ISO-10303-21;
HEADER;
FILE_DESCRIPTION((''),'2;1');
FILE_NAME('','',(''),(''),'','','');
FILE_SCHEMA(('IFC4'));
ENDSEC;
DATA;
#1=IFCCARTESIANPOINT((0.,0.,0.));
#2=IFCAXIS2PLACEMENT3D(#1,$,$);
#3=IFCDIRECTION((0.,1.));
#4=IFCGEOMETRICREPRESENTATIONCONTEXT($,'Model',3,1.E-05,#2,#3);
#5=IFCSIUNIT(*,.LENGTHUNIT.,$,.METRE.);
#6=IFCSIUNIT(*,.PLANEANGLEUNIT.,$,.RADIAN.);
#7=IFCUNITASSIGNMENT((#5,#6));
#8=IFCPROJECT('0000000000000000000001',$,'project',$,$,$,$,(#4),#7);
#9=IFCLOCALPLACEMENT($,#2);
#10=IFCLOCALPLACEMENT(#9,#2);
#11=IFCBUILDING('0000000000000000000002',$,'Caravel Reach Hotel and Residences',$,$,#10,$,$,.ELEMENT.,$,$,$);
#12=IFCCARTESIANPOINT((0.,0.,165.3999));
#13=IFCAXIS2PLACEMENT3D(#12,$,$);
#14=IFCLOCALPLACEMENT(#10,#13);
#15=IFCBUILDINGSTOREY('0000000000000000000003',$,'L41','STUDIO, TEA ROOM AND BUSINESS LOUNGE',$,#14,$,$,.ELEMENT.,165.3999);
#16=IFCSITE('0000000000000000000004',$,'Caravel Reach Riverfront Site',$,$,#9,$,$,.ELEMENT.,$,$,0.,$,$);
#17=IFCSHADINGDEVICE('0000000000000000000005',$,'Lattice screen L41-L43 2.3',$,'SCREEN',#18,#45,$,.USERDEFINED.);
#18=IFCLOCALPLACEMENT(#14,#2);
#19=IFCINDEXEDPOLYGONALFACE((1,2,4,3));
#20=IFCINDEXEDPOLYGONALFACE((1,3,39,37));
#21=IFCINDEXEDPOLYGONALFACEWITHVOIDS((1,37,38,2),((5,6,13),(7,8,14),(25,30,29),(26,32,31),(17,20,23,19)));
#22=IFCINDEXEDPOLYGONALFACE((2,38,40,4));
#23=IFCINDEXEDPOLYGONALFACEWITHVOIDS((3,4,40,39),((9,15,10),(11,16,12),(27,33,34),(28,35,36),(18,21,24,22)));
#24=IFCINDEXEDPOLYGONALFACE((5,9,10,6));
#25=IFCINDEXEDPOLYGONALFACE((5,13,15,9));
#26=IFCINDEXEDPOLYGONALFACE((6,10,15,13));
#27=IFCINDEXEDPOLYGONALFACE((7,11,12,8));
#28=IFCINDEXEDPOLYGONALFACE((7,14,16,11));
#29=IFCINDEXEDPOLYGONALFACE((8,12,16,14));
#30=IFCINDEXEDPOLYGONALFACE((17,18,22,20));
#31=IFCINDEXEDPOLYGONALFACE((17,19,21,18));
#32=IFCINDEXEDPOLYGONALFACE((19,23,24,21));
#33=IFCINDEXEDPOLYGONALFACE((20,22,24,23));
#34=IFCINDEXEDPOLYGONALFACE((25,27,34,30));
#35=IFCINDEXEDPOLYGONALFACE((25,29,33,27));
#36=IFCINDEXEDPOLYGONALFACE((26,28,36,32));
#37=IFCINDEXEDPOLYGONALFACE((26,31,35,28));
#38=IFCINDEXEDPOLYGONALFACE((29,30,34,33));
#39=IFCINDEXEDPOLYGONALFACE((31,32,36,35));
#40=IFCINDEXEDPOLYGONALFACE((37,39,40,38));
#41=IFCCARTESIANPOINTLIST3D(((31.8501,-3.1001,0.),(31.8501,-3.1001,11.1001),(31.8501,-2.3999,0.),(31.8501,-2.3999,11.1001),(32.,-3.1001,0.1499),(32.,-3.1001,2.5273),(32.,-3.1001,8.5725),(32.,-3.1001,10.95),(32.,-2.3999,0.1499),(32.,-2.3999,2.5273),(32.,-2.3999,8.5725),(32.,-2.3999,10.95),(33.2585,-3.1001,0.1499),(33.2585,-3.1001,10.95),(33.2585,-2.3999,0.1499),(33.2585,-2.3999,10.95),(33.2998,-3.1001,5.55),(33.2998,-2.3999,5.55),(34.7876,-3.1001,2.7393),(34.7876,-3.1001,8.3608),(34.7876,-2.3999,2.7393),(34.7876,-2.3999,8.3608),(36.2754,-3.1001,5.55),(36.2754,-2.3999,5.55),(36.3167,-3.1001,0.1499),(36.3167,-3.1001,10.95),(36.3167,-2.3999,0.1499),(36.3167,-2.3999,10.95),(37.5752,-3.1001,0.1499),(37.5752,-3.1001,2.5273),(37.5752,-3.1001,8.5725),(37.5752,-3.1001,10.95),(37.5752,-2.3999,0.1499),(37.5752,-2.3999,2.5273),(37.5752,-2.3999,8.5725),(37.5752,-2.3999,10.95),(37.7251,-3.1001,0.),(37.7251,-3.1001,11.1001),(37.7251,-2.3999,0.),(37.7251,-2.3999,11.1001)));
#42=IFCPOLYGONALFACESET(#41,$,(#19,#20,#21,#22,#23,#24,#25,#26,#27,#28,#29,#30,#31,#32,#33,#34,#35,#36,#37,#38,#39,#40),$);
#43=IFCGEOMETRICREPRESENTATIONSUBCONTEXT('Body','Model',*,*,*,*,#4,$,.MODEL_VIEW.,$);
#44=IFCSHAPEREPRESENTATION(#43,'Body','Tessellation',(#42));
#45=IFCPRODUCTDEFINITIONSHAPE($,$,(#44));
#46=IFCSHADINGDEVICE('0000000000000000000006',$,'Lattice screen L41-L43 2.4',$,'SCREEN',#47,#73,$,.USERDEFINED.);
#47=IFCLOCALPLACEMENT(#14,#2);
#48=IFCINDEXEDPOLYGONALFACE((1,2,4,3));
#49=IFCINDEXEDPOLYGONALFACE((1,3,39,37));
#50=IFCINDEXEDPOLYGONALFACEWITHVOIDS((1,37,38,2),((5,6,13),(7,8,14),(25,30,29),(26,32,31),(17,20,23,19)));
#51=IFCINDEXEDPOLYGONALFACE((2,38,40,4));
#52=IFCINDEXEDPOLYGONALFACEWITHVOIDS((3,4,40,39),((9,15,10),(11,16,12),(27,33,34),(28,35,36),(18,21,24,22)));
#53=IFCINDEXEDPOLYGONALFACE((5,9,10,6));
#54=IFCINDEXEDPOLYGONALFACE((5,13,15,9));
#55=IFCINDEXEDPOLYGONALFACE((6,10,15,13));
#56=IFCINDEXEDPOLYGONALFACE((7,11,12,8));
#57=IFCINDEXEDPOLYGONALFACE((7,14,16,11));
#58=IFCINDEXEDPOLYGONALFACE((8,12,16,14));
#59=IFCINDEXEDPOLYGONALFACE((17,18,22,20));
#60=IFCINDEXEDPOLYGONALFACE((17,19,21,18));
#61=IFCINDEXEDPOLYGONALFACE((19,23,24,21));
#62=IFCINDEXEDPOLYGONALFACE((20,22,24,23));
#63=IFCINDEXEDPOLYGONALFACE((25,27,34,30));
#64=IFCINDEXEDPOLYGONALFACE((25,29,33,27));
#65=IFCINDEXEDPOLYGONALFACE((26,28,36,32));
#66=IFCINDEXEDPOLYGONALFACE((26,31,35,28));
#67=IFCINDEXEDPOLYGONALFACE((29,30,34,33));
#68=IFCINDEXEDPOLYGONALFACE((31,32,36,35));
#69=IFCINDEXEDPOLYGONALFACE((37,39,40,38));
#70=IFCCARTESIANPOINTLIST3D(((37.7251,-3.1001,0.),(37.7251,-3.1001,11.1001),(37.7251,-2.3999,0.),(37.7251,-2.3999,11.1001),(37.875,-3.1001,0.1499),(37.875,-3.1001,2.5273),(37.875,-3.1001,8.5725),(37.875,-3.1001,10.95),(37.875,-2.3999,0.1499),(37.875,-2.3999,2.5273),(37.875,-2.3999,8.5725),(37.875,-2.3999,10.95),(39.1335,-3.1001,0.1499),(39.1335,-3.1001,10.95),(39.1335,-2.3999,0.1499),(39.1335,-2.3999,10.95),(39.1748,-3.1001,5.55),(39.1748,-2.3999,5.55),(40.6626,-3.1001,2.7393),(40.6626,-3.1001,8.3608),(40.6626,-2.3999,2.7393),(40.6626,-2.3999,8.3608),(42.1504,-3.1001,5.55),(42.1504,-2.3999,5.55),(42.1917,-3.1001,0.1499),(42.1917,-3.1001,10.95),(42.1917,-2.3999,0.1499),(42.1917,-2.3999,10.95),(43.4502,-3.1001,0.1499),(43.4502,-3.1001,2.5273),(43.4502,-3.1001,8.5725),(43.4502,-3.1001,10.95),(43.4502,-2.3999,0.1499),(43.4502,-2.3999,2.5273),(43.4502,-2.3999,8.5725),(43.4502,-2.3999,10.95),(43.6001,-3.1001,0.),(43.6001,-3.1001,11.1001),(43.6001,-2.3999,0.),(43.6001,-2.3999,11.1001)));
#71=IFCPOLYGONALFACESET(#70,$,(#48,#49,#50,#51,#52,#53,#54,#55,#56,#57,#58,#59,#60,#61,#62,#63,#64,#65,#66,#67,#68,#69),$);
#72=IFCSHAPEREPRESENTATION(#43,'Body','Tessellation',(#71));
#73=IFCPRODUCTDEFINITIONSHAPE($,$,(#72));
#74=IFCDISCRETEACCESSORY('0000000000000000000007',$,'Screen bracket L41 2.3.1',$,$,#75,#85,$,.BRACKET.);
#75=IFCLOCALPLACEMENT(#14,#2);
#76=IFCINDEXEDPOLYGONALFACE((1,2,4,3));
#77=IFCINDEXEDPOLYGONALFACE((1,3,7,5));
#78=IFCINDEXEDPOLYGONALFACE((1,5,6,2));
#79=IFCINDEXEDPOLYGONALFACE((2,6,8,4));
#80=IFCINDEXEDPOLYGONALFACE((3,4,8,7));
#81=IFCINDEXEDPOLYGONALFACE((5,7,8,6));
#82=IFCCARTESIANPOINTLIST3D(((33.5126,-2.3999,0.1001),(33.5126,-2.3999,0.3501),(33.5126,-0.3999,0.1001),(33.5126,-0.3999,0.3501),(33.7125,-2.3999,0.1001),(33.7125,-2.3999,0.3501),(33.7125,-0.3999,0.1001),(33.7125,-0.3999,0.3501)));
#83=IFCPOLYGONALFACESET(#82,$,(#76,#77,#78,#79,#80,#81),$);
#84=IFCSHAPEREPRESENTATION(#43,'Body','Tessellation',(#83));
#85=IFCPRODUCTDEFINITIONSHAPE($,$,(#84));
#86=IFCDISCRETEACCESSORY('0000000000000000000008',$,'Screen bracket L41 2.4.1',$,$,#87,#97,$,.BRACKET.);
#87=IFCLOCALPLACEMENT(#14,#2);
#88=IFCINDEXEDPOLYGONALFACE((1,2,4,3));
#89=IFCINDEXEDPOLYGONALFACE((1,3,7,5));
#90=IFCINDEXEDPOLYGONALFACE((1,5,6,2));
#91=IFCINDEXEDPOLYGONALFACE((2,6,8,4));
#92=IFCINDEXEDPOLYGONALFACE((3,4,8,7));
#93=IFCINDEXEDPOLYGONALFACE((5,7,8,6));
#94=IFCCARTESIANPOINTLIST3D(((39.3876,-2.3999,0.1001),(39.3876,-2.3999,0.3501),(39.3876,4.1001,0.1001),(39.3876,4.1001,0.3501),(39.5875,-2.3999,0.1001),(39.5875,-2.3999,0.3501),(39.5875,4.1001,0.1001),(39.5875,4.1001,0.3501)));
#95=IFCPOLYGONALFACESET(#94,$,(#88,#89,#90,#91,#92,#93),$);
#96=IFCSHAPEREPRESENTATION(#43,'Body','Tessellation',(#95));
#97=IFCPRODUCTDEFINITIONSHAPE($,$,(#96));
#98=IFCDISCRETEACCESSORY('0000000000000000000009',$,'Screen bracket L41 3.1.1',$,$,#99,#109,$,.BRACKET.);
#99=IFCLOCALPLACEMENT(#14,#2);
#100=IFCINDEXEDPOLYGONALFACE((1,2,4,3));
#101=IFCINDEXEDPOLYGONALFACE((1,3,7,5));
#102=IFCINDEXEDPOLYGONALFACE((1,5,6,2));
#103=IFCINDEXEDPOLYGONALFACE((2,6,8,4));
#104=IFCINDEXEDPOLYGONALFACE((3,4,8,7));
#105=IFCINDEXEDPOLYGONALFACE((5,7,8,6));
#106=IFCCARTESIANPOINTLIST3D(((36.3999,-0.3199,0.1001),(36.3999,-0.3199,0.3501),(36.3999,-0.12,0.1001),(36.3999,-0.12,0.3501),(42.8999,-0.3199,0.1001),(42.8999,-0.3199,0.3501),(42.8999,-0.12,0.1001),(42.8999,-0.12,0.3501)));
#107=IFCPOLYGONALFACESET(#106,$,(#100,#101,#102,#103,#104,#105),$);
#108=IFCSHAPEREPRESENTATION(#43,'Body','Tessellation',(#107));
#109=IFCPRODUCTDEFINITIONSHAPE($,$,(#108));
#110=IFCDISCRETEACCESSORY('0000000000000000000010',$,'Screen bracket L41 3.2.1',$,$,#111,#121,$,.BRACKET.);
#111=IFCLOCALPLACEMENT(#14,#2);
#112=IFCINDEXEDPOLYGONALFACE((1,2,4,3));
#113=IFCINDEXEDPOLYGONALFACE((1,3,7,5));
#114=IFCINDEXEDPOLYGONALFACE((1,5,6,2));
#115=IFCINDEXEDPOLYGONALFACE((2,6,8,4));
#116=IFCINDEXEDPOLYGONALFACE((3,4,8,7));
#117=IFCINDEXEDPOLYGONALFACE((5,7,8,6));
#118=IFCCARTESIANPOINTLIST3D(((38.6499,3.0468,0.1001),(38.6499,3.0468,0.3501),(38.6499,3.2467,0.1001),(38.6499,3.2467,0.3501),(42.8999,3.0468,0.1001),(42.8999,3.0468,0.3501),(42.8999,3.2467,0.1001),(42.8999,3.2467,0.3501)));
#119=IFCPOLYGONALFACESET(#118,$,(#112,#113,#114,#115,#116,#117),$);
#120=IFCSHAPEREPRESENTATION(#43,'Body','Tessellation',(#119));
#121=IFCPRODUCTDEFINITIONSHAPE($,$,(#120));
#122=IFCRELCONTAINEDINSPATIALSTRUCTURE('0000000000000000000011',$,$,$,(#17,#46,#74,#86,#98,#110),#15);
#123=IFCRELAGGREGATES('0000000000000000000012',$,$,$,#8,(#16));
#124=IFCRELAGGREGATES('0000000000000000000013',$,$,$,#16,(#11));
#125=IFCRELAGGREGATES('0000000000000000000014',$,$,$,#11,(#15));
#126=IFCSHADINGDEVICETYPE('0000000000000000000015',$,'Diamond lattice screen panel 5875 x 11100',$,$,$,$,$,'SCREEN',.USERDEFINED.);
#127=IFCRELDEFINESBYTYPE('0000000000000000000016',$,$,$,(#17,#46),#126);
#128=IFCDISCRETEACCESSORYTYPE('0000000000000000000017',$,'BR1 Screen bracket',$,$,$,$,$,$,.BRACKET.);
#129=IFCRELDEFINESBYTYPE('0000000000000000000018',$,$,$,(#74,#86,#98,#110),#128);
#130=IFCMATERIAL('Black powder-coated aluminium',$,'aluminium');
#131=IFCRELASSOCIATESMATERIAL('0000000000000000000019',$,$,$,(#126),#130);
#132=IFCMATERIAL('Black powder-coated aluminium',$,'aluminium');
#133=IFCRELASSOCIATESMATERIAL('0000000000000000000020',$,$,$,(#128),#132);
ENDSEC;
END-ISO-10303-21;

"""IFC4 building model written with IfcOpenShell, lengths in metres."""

from ifc_helpers import new_model, si_unit, direction, frame, origin, origin_2d, place, context, subcontext, project, spatial, polyline, rectangle, outline, extrude, material, type_object, element, save


model = new_model("IFC4")

# Units and contexts
model_context = context("Model", 3, precision=1e-05, world=origin(), true_north=direction((0.0, 1.0)))
body_context = subcontext(model_context, "Body", "Model", "MODEL_VIEW")
ifc_project = project(units=[si_unit("LENGTHUNIT", "METRE"), si_unit("PLANEANGLEUNIT", "RADIAN")], contexts=[model_context])

# Site, building, storey
site_placement = place(None, origin())
site = spatial("IfcSite", under=ifc_project, at=site_placement, Name="Caravel Reach Riverfront Site", CompositionType="ELEMENT", RefElevation=0.0)
building_placement = place(site_placement, origin())
building = spatial("IfcBuilding", under=site, at=building_placement, Name="Caravel Reach Hotel and Residences", CompositionType="ELEMENT")
storey_placement = place(building_placement, frame((0.0, 0.0, 165.3999)))
storey = spatial("IfcBuildingStorey", under=building, at=storey_placement, Name="L41", Description="STUDIO, TEA ROOM AND BUSINESS LOUNGE", CompositionType="ELEMENT", Elevation=165.3999)

# Shading devices
ifc_material_1 = material(Name="Black powder-coated aluminium", Category="aluminium")
shading_device_type_1 = type_object("IfcShadingDeviceType", Name="Diamond lattice screen panel 5875 x 11100", ElementType="SCREEN", PredefinedType="USERDEFINED", material=ifc_material_1)
for number, where, z_axis, x_axis, name in (
    (1, (31.8501, -2.3999, 0.0), (0.0, -1.0, 0.0), (1.0, 0.0, 0.0), "Lattice screen L41-L43 2.3"),
    (2, (37.7251, -2.3999, 0.0), (0.0, -1.0, 0.0), (1.0, 0.0, 0.0), "Lattice screen L41-L43 2.4"),
):
    element("IfcShadingDevice", number, at=place(storey_placement, frame(where, z_axis=z_axis, x_axis=x_axis)), inside=storey, type_object=shading_device_type_1, Name=name, ObjectType="SCREEN", PredefinedType="USERDEFINED", context=body_context, shape_type="SweptSolid", body=[
        extrude(outline(polyline([(0.0, 0.0), (5.875, 0.0), (5.875, 11.1001), (0.0, 11.1001), (0.0, 0.0)]), holes=[polyline([(1.4084, 0.1499), (0.1499, 2.5273), (0.1499, 0.1499), (1.4084, 0.1499)]), polyline([(0.1499, 8.5725), (1.4084, 10.95), (0.1499, 10.95), (0.1499, 8.5725)]), polyline([(2.9375, 8.3608), (1.4497, 5.55), (2.9375, 2.7393), (4.4253, 5.55), (2.9375, 8.3608)]), polyline([(5.7251, 2.5273), (4.4666, 0.1499), (5.7251, 0.1499), (5.7251, 2.5273)]), polyline([(4.4666, 10.95), (5.7251, 8.5725), (5.7251, 10.95), (4.4666, 10.95)])]), origin(), (0.0, 0.0, 1.0), 0.7002),
    ])

# Discrete accessories
ifc_material_2 = material(Name="Black powder-coated aluminium", Category="aluminium")
discrete_accessory_type = type_object("IfcDiscreteAccessoryType", Name="BR1 Screen bracket", PredefinedType="BRACKET", material=ifc_material_2)
discrete_accessory_1_placement = place(storey_placement, frame((33.6125, -1.3999, 0.1001), z_axis=(0.0, 0.0, 1.0), x_axis=(0.0, -1.0, 0.0)))
element("IfcDiscreteAccessory", 3, at=discrete_accessory_1_placement, inside=storey, type_object=discrete_accessory_type, Name="Screen bracket L41 2.3.1", PredefinedType="BRACKET", context=body_context, shape_type="SweptSolid", body=[
    extrude(rectangle(XDim=2.0, YDim=0.2, at=origin_2d()), origin(), (0.0, 0.0, 1.0), 0.25),
])
for number, where, z_axis, x_axis, name in (
    (4, (39.4875, 0.8501, 0.1001), (0.0, 0.0, 1.0), (0.0, -1.0, 0.0), "Screen bracket L41 2.4.1"),
    (5, (39.6499, -0.22, 0.1001), (0.0, 0.0, 1.0), (1.0, 0.0, 0.0), "Screen bracket L41 3.1.1"),
):
    element("IfcDiscreteAccessory", number, at=place(storey_placement, frame(where, z_axis=z_axis, x_axis=x_axis)), inside=storey, type_object=discrete_accessory_type, Name=name, PredefinedType="BRACKET", context=body_context, shape_type="SweptSolid", body=[
        extrude(rectangle(XDim=6.5, YDim=0.2, at=origin_2d()), origin(), (0.0, 0.0, 1.0), 0.25),
    ])
discrete_accessory_2_placement = place(storey_placement, frame((40.7749, 3.1467, 0.1001), z_axis=(0.0, 0.0, 1.0), x_axis=(1.0, 0.0, 0.0)))
element("IfcDiscreteAccessory", 6, at=discrete_accessory_2_placement, inside=storey, type_object=discrete_accessory_type, Name="Screen bracket L41 3.2.1", PredefinedType="BRACKET", context=body_context, shape_type="SweptSolid", body=[
    extrude(rectangle(XDim=4.25, YDim=0.2, at=origin_2d()), origin(), (0.0, 0.0, 1.0), 0.25),
])

save(model, "model.ifc")
